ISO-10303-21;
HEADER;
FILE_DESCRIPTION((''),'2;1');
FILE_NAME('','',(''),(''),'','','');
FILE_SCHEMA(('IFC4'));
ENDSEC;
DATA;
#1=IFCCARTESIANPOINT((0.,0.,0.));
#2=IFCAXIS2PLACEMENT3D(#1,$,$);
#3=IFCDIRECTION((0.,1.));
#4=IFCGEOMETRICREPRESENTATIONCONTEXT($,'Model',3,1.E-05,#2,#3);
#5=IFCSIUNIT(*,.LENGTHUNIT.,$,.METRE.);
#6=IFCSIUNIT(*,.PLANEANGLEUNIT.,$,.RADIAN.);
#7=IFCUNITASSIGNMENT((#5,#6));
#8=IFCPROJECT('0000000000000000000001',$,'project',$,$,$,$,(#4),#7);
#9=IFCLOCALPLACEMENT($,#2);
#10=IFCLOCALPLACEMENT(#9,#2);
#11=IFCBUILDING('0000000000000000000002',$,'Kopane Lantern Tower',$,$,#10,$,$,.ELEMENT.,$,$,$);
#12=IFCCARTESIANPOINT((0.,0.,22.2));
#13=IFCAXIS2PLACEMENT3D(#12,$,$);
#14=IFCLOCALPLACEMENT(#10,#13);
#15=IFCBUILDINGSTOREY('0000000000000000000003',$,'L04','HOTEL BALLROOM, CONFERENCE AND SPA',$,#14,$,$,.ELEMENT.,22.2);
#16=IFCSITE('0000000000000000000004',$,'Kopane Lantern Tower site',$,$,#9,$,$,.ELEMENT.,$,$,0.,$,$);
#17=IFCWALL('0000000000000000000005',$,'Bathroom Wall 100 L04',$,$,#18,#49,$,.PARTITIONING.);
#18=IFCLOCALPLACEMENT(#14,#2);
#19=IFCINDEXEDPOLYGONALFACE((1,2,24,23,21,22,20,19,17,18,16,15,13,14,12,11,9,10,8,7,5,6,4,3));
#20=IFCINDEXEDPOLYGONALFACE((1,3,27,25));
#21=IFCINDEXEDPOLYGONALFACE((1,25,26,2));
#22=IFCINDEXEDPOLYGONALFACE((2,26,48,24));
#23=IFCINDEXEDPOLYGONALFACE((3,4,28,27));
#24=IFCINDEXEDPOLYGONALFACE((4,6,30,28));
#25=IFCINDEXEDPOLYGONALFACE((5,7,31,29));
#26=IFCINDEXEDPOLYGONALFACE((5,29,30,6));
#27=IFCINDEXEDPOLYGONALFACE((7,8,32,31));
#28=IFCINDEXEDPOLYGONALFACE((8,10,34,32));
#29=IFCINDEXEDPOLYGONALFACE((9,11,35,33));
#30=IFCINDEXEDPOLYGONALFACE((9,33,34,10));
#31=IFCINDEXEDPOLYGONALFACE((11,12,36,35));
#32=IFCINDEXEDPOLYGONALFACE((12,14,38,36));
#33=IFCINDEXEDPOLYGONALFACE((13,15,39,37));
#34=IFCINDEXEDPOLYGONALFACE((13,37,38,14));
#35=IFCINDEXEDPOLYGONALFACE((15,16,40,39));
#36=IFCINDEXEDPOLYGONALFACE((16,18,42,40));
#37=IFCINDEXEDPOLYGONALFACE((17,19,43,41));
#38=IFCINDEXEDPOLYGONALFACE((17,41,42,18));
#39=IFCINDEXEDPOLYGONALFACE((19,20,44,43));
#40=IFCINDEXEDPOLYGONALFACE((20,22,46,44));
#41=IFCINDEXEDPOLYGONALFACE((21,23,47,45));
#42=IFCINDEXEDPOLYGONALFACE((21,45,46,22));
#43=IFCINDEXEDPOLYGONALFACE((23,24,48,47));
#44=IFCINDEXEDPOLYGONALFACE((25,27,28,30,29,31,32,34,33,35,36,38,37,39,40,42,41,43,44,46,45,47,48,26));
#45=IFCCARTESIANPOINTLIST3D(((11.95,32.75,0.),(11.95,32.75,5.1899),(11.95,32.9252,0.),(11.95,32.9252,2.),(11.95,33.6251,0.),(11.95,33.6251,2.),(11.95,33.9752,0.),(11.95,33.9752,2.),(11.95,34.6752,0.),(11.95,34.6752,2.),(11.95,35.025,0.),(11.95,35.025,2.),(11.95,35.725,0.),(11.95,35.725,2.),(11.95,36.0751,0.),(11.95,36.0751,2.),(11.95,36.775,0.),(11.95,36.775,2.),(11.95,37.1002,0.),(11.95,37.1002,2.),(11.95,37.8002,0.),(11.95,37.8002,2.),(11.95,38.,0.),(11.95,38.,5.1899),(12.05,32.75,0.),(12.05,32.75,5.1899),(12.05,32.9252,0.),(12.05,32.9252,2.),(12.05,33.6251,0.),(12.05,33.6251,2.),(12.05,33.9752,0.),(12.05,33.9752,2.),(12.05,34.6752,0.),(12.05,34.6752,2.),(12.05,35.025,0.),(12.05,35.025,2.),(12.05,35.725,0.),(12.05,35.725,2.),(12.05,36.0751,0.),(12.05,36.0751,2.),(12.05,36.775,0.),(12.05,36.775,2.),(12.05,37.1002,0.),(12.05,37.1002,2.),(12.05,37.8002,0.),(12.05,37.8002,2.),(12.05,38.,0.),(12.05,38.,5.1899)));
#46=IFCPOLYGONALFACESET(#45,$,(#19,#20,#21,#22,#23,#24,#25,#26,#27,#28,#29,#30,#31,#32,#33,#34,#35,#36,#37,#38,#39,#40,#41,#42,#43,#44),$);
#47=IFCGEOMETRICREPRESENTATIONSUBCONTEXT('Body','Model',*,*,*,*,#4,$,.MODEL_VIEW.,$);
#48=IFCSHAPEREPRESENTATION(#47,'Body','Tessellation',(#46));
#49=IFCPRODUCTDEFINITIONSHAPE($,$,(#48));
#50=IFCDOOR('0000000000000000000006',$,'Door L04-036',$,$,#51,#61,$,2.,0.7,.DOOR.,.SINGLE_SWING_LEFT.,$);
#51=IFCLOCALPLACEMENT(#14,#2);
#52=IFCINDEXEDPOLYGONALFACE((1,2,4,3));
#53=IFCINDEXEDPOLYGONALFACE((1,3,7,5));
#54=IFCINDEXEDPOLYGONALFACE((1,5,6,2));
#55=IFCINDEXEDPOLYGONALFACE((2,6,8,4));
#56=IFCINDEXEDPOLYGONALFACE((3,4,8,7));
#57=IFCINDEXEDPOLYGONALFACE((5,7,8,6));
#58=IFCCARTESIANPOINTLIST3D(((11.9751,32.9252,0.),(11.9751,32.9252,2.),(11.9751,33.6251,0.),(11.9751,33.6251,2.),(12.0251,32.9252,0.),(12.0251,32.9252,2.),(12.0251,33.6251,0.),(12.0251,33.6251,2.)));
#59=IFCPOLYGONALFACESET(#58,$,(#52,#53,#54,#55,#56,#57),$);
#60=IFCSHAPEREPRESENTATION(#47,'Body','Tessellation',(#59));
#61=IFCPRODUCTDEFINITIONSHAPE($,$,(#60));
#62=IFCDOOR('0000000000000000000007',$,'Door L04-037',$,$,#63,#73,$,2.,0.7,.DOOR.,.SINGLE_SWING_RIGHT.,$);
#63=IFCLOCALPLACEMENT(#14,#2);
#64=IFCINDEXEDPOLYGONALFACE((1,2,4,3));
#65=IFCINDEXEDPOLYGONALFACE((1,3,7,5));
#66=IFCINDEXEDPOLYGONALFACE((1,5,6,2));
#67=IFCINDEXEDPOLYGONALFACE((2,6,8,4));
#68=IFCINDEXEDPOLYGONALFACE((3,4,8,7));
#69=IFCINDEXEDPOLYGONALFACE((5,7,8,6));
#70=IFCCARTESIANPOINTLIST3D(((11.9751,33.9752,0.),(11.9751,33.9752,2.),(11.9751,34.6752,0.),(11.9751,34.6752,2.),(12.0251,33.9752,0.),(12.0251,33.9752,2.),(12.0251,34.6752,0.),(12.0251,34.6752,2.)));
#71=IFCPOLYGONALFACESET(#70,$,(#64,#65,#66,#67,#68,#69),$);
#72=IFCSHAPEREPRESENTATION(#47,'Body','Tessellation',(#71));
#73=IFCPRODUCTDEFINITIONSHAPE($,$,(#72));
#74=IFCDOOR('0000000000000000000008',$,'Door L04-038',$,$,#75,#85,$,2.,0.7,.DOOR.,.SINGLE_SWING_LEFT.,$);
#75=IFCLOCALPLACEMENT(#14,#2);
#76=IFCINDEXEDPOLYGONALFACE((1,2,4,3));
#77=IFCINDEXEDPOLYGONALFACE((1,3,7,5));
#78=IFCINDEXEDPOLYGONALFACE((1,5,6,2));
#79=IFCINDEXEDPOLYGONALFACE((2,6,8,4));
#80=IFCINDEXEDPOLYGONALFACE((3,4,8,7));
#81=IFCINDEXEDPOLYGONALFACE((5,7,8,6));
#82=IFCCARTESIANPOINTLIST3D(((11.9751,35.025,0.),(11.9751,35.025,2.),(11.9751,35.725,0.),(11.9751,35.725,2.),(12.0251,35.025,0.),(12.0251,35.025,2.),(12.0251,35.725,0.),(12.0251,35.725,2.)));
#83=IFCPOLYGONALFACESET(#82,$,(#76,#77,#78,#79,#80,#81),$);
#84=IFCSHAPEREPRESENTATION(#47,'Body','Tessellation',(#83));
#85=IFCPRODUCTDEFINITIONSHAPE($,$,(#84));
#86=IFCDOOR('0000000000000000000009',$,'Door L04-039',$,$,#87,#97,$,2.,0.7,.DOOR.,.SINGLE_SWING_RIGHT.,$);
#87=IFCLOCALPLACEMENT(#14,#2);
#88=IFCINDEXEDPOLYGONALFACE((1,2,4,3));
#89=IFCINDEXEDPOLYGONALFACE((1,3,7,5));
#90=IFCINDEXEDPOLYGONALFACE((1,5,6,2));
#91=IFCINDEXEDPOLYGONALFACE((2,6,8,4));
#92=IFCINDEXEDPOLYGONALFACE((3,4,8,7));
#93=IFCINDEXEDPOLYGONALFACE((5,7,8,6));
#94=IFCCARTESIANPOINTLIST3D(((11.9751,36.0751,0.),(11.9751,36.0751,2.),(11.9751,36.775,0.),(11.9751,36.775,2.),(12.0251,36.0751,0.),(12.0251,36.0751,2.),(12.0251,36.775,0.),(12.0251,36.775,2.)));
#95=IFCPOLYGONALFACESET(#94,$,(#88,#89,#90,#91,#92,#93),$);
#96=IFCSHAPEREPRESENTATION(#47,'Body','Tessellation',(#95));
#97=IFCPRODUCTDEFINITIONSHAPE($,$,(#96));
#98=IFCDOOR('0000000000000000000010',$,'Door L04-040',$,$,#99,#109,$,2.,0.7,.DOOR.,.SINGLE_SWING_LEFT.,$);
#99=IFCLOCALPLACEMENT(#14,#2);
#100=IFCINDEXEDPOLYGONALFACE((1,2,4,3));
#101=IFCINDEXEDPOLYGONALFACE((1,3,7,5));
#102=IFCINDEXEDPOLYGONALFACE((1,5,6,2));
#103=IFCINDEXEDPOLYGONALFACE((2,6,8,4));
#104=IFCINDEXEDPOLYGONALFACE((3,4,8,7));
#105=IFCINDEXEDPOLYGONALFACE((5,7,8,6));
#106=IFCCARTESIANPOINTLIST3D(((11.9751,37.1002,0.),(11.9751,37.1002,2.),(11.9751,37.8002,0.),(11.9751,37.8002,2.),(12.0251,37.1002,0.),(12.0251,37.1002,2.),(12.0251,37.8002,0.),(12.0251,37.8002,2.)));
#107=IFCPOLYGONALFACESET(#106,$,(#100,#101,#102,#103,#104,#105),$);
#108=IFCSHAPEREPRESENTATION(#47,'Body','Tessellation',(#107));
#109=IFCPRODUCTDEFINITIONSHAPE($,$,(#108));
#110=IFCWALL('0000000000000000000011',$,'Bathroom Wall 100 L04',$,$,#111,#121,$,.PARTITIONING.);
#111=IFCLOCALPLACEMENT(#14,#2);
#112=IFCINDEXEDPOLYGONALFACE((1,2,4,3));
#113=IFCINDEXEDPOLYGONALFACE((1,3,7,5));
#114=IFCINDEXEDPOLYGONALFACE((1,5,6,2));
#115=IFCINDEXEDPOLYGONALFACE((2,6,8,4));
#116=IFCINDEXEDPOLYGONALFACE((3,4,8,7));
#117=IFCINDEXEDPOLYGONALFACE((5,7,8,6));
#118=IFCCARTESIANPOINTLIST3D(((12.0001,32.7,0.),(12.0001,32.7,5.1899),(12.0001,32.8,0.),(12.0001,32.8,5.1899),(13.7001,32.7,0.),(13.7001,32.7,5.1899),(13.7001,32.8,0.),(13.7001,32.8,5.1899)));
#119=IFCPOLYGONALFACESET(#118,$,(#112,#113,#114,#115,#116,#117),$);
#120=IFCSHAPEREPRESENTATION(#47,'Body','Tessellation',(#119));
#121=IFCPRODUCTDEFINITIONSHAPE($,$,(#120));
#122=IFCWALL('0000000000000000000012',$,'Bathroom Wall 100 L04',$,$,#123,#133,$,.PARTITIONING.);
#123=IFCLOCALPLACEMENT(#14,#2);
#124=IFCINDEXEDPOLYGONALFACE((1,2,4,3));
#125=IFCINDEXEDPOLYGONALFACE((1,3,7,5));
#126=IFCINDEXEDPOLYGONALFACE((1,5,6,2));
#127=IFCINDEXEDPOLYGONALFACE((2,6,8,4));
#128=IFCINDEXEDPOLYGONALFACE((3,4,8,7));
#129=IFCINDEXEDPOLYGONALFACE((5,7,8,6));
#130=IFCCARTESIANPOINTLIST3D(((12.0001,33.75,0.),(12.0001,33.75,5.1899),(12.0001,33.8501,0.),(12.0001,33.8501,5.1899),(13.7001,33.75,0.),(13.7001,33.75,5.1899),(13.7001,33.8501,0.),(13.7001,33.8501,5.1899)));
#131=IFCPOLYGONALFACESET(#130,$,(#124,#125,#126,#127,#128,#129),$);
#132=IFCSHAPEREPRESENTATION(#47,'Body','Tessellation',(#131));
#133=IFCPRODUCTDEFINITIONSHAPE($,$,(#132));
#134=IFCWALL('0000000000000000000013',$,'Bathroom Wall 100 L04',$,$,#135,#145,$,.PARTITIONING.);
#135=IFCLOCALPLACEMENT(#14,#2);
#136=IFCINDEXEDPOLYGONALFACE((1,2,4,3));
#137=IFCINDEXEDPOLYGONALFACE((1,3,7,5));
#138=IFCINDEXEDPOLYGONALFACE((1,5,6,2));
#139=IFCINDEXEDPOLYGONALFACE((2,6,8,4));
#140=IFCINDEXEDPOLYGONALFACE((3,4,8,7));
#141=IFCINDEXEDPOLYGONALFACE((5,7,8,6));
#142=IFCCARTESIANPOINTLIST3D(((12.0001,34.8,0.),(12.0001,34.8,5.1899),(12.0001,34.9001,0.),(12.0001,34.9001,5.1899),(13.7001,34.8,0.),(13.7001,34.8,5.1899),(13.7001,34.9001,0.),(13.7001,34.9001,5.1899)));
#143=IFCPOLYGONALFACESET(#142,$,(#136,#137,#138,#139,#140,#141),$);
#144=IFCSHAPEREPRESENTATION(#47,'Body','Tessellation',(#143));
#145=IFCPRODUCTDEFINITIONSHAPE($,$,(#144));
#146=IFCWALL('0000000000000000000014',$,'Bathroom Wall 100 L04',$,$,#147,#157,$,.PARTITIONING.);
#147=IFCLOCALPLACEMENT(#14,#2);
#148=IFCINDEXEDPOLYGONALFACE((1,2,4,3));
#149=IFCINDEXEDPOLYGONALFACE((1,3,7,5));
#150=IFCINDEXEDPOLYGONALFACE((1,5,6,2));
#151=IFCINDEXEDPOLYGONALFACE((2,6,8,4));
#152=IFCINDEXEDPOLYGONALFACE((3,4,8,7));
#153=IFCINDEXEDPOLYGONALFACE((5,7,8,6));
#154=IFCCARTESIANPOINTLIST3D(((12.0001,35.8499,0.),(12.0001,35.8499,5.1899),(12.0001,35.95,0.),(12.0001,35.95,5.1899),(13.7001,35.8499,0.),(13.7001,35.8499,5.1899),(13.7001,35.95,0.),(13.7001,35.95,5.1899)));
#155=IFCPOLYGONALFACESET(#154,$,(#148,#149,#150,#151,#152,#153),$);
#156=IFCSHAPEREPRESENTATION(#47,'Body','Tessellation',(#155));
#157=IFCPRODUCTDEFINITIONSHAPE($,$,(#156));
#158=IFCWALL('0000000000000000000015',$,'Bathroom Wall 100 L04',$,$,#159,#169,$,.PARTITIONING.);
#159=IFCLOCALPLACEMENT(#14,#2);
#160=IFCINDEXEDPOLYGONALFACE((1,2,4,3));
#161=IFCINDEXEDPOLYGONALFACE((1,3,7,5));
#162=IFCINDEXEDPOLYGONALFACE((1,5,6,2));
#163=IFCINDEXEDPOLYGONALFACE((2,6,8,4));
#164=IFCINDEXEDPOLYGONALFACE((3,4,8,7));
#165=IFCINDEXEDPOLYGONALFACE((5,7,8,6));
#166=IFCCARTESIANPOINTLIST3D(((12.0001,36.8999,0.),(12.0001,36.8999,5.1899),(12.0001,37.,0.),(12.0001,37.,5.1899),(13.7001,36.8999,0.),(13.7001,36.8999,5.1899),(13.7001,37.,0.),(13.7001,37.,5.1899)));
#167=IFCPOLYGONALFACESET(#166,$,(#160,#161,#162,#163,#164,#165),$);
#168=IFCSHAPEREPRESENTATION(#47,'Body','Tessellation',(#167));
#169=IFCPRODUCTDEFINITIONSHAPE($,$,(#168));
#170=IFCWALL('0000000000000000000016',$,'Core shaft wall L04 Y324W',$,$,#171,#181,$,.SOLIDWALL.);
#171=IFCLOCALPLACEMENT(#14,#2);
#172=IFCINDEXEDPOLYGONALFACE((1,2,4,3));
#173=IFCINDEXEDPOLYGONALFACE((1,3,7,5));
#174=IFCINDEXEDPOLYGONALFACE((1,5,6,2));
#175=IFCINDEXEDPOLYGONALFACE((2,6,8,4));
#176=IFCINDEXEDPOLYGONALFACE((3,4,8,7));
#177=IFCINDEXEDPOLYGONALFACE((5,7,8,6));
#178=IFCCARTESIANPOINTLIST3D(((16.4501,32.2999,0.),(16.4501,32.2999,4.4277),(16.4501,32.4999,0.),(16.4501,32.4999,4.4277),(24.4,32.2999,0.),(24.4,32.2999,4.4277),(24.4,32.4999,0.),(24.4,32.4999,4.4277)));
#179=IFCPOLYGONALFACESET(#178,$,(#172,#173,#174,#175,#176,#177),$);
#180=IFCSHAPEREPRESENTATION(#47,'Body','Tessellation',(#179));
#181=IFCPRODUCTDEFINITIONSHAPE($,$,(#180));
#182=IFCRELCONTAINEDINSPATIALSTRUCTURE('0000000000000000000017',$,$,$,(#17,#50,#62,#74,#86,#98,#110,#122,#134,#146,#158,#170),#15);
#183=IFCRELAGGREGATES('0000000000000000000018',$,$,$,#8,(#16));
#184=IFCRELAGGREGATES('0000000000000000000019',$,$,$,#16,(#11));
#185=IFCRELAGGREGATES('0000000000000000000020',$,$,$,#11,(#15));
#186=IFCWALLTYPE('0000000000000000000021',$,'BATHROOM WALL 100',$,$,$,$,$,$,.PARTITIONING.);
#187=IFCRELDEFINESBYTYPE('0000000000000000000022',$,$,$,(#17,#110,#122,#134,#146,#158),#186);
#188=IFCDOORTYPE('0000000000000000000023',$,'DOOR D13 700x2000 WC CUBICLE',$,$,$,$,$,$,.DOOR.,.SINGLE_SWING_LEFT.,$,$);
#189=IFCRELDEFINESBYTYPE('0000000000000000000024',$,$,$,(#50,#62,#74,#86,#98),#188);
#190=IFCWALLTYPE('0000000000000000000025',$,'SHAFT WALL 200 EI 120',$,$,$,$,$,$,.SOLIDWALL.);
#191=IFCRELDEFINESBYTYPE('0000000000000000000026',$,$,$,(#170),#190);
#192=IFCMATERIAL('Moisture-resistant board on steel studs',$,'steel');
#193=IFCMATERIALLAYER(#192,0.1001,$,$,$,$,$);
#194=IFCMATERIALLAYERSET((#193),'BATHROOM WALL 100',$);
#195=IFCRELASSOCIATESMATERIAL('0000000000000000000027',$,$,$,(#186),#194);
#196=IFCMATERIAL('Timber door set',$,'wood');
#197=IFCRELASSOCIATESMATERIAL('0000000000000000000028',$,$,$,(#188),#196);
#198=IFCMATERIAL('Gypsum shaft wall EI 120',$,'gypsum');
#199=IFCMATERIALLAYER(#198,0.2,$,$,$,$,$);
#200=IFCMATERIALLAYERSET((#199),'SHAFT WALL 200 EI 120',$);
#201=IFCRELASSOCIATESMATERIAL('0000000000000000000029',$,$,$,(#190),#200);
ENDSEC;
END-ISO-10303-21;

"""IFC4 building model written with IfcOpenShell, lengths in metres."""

from ifc_helpers import new_model, si_unit, direction, frame, frame_2d, origin, place, context, subcontext, project, spatial, rectangle, extrude, material, layer, layer_set, type_object, element, fill, save


model = new_model("IFC4")

# Units and contexts
model_context = context("Model", 3, precision=1e-05, world=origin(), true_north=direction((0.0, 1.0)))
body_context = subcontext(model_context, "Body", "Model", "MODEL_VIEW")
ifc_project = project(units=[si_unit("LENGTHUNIT", "METRE"), si_unit("PLANEANGLEUNIT", "RADIAN")], contexts=[model_context])

# Site, building, storey
site_placement = place(None, origin())
site = spatial("IfcSite", under=ifc_project, at=site_placement, Name="Kopane Lantern Tower site", CompositionType="ELEMENT", RefElevation=0.0)
building_placement = place(site_placement, origin())
building = spatial("IfcBuilding", under=site, at=building_placement, Name="Kopane Lantern Tower", CompositionType="ELEMENT")
storey_placement = place(building_placement, frame((0.0, 0.0, 22.2)))
storey = spatial("IfcBuildingStorey", under=building, at=storey_placement, Name="L04", Description="HOTEL BALLROOM, CONFERENCE AND SPA", CompositionType="ELEMENT", Elevation=22.2)

# Wall, openings, doors
ifc_material_1 = material(Name="Moisture-resistant board on steel studs", Category="steel")
ifc_layer_1 = layer(ifc_material_1, 0.1001)
ifc_layer_set_1 = layer_set([ifc_layer_1], Name="BATHROOM WALL 100")
wall_type_1 = type_object("IfcWallType", Name="BATHROOM WALL 100", PredefinedType="PARTITIONING", material=ifc_layer_set_1)
wall_1_placement = place(storey_placement, frame((12.0, 32.75, 0.0), z_axis=(0.0, 0.0, 1.0), x_axis=(0.0, 1.0, 0.0)))
wall_1 = element("IfcWall", 1, at=wall_1_placement, inside=storey, type_object=wall_type_1, Name="Bathroom Wall 100 L04", PredefinedType="PARTITIONING", context=body_context, shape_type="SweptSolid", body=[
    extrude(rectangle(XDim=5.25, YDim=0.1001, at=frame_2d((2.625, 0.0))), origin(), (0.0, 0.0, 1.0), 5.1899),
])
opening_1_placement = place(wall_1_placement, frame((0.175, 0.0, 0.0)))
opening_1 = element("IfcOpeningElement", 2, at=opening_1_placement, cuts=wall_1, PredefinedType="OPENING", context=body_context, shape_type="SweptSolid", body=[
    extrude(rectangle(XDim=0.7, YDim=2.0, at=frame_2d((0.3501, 1.0))), frame((0.0, 0.0601, 0.0), z_axis=(0.0, -1.0, 0.0), x_axis=(1.0, 0.0, 0.0)), (0.0, 0.0, 1.0), 0.1201),
])
opening_2_placement = place(wall_1_placement, frame((1.2251, 0.0, 0.0)))
opening_2 = element("IfcOpeningElement", 3, at=opening_2_placement, cuts=wall_1, PredefinedType="OPENING", context=body_context, shape_type="SweptSolid", body=[
    extrude(rectangle(XDim=0.7, YDim=2.0, at=frame_2d((0.3501, 1.0))), frame((0.0, 0.0601, 0.0), z_axis=(0.0, -1.0, 0.0), x_axis=(1.0, 0.0, 0.0)), (0.0, 0.0, 1.0), 0.1201),
])
opening_3_placement = place(wall_1_placement, frame((2.2749, 0.0, 0.0)))
opening_3 = element("IfcOpeningElement", 4, at=opening_3_placement, cuts=wall_1, PredefinedType="OPENING", context=body_context, shape_type="SweptSolid", body=[
    extrude(rectangle(XDim=0.7, YDim=2.0, at=frame_2d((0.3501, 1.0))), frame((0.0, 0.0601, 0.0), z_axis=(0.0, -1.0, 0.0), x_axis=(1.0, 0.0, 0.0)), (0.0, 0.0, 1.0), 0.1201),
])
opening_4_placement = place(wall_1_placement, frame((3.325, 0.0, 0.0)))
opening_4 = element("IfcOpeningElement", 5, at=opening_4_placement, cuts=wall_1, PredefinedType="OPENING", context=body_context, shape_type="SweptSolid", body=[
    extrude(rectangle(XDim=0.7, YDim=2.0, at=frame_2d((0.3501, 1.0))), frame((0.0, 0.0601, 0.0), z_axis=(0.0, -1.0, 0.0), x_axis=(1.0, 0.0, 0.0)), (0.0, 0.0, 1.0), 0.1201),
])
opening_5_placement = place(wall_1_placement, frame((4.3501, 0.0, 0.0)))
opening_5 = element("IfcOpeningElement", 6, at=opening_5_placement, cuts=wall_1, PredefinedType="OPENING", context=body_context, shape_type="SweptSolid", body=[
    extrude(rectangle(XDim=0.7, YDim=2.0, at=frame_2d((0.3501, 1.0))), frame((0.0, 0.0601, 0.0), z_axis=(0.0, -1.0, 0.0), x_axis=(1.0, 0.0, 0.0)), (0.0, 0.0, 1.0), 0.1201),
])
ifc_material_2 = material(Name="Timber door set", Category="wood")
door_type_1 = type_object("IfcDoorType", Name="DOOR D13 700x2000 WC CUBICLE", OperationType="SINGLE_SWING_LEFT", PredefinedType="DOOR", material=ifc_material_2)
door_1_placement = place(opening_1_placement, origin())
door_1 = element("IfcDoor", 7, at=door_1_placement, inside=storey, type_object=door_type_1, Name="Door L04-036", OperationType="SINGLE_SWING_LEFT", OverallHeight=2.0, OverallWidth=0.7, PredefinedType="DOOR", context=body_context, shape_type="SweptSolid", body=[
    extrude(rectangle(XDim=0.7, YDim=2.0, at=frame_2d((0.3501, 1.0))), frame((0.0, 0.0249, 0.0), z_axis=(0.0, -1.0, 0.0), x_axis=(1.0, 0.0, 0.0)), (0.0, 0.0, 1.0), 0.05),
])
fill(opening_1, door_1)
door_2_placement = place(opening_2_placement, origin())
door_2 = element("IfcDoor", 8, at=door_2_placement, inside=storey, type_object=door_type_1, Name="Door L04-037", OperationType="SINGLE_SWING_RIGHT", OverallHeight=2.0, OverallWidth=0.7, PredefinedType="DOOR", context=body_context, shape_type="SweptSolid", body=[
    extrude(rectangle(XDim=0.7, YDim=2.0, at=frame_2d((0.3501, 1.0))), frame((0.0, 0.0249, 0.0), z_axis=(0.0, -1.0, 0.0), x_axis=(1.0, 0.0, 0.0)), (0.0, 0.0, 1.0), 0.05),
])
fill(opening_2, door_2)
door_3_placement = place(opening_3_placement, origin())
door_3 = element("IfcDoor", 9, at=door_3_placement, inside=storey, type_object=door_type_1, Name="Door L04-038", OperationType="SINGLE_SWING_LEFT", OverallHeight=2.0, OverallWidth=0.7, PredefinedType="DOOR", context=body_context, shape_type="SweptSolid", body=[
    extrude(rectangle(XDim=0.7, YDim=2.0, at=frame_2d((0.3501, 1.0))), frame((0.0, 0.0249, 0.0), z_axis=(0.0, -1.0, 0.0), x_axis=(1.0, 0.0, 0.0)), (0.0, 0.0, 1.0), 0.05),
])
fill(opening_3, door_3)
door_4_placement = place(opening_4_placement, origin())
door_4 = element("IfcDoor", 10, at=door_4_placement, inside=storey, type_object=door_type_1, Name="Door L04-039", OperationType="SINGLE_SWING_RIGHT", OverallHeight=2.0, OverallWidth=0.7, PredefinedType="DOOR", context=body_context, shape_type="SweptSolid", body=[
    extrude(rectangle(XDim=0.7, YDim=2.0, at=frame_2d((0.3501, 1.0))), frame((0.0, 0.0249, 0.0), z_axis=(0.0, -1.0, 0.0), x_axis=(1.0, 0.0, 0.0)), (0.0, 0.0, 1.0), 0.05),
])
fill(opening_4, door_4)
door_5_placement = place(opening_5_placement, origin())
door_5 = element("IfcDoor", 11, at=door_5_placement, inside=storey, type_object=door_type_1, Name="Door L04-040", OperationType="SINGLE_SWING_LEFT", OverallHeight=2.0, OverallWidth=0.7, PredefinedType="DOOR", context=body_context, shape_type="SweptSolid", body=[
    extrude(rectangle(XDim=0.7, YDim=2.0, at=frame_2d((0.3501, 1.0))), frame((0.0, 0.0249, 0.0), z_axis=(0.0, -1.0, 0.0), x_axis=(1.0, 0.0, 0.0)), (0.0, 0.0, 1.0), 0.05),
])
fill(opening_5, door_5)

# Walls
for number, where, z_axis, x_axis, name in (
    (12, (12.0, 32.75, 0.0), (0.0, 0.0, 1.0), (1.0, 0.0, 0.0), "Bathroom Wall 100 L04"),
    (13, (12.0, 33.8, 0.0), (0.0, 0.0, 1.0), (1.0, 0.0, 0.0), "Bathroom Wall 100 L04"),
    (14, (12.0, 34.8501, 0.0), (0.0, 0.0, 1.0), (1.0, 0.0, 0.0), "Bathroom Wall 100 L04"),
    (15, (12.0, 35.8999, 0.0), (0.0, 0.0, 1.0), (1.0, 0.0, 0.0), "Bathroom Wall 100 L04"),
    (16, (12.0, 36.95, 0.0), (0.0, 0.0, 1.0), (1.0, 0.0, 0.0), "Bathroom Wall 100 L04"),
):
    element("IfcWall", number, at=place(storey_placement, frame(where, z_axis=z_axis, x_axis=x_axis)), inside=storey, type_object=wall_type_1, Name=name, PredefinedType="PARTITIONING", context=body_context, shape_type="SweptSolid", body=[
        extrude(rectangle(XDim=1.7, YDim=0.1001, at=frame_2d((0.8501, 0.0))), origin(), (0.0, 0.0, 1.0), 5.1899),
    ])

# Wall
ifc_material_3 = material(Name="Gypsum shaft wall EI 120", Category="gypsum")
ifc_layer_2 = layer(ifc_material_3, 0.2)
ifc_layer_set_2 = layer_set([ifc_layer_2], Name="SHAFT WALL 200 EI 120")
wall_type_2 = type_object("IfcWallType", Name="SHAFT WALL 200 EI 120", PredefinedType="SOLIDWALL", material=ifc_layer_set_2)
wall_2_placement = place(storey_placement, frame((16.45, 32.3999, 0.0), z_axis=(0.0, 0.0, 1.0), x_axis=(1.0, 0.0, 0.0)))
element("IfcWall", 17, at=wall_2_placement, inside=storey, type_object=wall_type_2, Name="Core shaft wall L04 Y324W", PredefinedType="SOLIDWALL", context=body_context, shape_type="SweptSolid", body=[
    extrude(rectangle(XDim=7.95, YDim=0.2, at=frame_2d((3.9751, 0.0))), origin(), (0.0, 0.0, 1.0), 4.4277),
])

save(model, "model.ifc")
